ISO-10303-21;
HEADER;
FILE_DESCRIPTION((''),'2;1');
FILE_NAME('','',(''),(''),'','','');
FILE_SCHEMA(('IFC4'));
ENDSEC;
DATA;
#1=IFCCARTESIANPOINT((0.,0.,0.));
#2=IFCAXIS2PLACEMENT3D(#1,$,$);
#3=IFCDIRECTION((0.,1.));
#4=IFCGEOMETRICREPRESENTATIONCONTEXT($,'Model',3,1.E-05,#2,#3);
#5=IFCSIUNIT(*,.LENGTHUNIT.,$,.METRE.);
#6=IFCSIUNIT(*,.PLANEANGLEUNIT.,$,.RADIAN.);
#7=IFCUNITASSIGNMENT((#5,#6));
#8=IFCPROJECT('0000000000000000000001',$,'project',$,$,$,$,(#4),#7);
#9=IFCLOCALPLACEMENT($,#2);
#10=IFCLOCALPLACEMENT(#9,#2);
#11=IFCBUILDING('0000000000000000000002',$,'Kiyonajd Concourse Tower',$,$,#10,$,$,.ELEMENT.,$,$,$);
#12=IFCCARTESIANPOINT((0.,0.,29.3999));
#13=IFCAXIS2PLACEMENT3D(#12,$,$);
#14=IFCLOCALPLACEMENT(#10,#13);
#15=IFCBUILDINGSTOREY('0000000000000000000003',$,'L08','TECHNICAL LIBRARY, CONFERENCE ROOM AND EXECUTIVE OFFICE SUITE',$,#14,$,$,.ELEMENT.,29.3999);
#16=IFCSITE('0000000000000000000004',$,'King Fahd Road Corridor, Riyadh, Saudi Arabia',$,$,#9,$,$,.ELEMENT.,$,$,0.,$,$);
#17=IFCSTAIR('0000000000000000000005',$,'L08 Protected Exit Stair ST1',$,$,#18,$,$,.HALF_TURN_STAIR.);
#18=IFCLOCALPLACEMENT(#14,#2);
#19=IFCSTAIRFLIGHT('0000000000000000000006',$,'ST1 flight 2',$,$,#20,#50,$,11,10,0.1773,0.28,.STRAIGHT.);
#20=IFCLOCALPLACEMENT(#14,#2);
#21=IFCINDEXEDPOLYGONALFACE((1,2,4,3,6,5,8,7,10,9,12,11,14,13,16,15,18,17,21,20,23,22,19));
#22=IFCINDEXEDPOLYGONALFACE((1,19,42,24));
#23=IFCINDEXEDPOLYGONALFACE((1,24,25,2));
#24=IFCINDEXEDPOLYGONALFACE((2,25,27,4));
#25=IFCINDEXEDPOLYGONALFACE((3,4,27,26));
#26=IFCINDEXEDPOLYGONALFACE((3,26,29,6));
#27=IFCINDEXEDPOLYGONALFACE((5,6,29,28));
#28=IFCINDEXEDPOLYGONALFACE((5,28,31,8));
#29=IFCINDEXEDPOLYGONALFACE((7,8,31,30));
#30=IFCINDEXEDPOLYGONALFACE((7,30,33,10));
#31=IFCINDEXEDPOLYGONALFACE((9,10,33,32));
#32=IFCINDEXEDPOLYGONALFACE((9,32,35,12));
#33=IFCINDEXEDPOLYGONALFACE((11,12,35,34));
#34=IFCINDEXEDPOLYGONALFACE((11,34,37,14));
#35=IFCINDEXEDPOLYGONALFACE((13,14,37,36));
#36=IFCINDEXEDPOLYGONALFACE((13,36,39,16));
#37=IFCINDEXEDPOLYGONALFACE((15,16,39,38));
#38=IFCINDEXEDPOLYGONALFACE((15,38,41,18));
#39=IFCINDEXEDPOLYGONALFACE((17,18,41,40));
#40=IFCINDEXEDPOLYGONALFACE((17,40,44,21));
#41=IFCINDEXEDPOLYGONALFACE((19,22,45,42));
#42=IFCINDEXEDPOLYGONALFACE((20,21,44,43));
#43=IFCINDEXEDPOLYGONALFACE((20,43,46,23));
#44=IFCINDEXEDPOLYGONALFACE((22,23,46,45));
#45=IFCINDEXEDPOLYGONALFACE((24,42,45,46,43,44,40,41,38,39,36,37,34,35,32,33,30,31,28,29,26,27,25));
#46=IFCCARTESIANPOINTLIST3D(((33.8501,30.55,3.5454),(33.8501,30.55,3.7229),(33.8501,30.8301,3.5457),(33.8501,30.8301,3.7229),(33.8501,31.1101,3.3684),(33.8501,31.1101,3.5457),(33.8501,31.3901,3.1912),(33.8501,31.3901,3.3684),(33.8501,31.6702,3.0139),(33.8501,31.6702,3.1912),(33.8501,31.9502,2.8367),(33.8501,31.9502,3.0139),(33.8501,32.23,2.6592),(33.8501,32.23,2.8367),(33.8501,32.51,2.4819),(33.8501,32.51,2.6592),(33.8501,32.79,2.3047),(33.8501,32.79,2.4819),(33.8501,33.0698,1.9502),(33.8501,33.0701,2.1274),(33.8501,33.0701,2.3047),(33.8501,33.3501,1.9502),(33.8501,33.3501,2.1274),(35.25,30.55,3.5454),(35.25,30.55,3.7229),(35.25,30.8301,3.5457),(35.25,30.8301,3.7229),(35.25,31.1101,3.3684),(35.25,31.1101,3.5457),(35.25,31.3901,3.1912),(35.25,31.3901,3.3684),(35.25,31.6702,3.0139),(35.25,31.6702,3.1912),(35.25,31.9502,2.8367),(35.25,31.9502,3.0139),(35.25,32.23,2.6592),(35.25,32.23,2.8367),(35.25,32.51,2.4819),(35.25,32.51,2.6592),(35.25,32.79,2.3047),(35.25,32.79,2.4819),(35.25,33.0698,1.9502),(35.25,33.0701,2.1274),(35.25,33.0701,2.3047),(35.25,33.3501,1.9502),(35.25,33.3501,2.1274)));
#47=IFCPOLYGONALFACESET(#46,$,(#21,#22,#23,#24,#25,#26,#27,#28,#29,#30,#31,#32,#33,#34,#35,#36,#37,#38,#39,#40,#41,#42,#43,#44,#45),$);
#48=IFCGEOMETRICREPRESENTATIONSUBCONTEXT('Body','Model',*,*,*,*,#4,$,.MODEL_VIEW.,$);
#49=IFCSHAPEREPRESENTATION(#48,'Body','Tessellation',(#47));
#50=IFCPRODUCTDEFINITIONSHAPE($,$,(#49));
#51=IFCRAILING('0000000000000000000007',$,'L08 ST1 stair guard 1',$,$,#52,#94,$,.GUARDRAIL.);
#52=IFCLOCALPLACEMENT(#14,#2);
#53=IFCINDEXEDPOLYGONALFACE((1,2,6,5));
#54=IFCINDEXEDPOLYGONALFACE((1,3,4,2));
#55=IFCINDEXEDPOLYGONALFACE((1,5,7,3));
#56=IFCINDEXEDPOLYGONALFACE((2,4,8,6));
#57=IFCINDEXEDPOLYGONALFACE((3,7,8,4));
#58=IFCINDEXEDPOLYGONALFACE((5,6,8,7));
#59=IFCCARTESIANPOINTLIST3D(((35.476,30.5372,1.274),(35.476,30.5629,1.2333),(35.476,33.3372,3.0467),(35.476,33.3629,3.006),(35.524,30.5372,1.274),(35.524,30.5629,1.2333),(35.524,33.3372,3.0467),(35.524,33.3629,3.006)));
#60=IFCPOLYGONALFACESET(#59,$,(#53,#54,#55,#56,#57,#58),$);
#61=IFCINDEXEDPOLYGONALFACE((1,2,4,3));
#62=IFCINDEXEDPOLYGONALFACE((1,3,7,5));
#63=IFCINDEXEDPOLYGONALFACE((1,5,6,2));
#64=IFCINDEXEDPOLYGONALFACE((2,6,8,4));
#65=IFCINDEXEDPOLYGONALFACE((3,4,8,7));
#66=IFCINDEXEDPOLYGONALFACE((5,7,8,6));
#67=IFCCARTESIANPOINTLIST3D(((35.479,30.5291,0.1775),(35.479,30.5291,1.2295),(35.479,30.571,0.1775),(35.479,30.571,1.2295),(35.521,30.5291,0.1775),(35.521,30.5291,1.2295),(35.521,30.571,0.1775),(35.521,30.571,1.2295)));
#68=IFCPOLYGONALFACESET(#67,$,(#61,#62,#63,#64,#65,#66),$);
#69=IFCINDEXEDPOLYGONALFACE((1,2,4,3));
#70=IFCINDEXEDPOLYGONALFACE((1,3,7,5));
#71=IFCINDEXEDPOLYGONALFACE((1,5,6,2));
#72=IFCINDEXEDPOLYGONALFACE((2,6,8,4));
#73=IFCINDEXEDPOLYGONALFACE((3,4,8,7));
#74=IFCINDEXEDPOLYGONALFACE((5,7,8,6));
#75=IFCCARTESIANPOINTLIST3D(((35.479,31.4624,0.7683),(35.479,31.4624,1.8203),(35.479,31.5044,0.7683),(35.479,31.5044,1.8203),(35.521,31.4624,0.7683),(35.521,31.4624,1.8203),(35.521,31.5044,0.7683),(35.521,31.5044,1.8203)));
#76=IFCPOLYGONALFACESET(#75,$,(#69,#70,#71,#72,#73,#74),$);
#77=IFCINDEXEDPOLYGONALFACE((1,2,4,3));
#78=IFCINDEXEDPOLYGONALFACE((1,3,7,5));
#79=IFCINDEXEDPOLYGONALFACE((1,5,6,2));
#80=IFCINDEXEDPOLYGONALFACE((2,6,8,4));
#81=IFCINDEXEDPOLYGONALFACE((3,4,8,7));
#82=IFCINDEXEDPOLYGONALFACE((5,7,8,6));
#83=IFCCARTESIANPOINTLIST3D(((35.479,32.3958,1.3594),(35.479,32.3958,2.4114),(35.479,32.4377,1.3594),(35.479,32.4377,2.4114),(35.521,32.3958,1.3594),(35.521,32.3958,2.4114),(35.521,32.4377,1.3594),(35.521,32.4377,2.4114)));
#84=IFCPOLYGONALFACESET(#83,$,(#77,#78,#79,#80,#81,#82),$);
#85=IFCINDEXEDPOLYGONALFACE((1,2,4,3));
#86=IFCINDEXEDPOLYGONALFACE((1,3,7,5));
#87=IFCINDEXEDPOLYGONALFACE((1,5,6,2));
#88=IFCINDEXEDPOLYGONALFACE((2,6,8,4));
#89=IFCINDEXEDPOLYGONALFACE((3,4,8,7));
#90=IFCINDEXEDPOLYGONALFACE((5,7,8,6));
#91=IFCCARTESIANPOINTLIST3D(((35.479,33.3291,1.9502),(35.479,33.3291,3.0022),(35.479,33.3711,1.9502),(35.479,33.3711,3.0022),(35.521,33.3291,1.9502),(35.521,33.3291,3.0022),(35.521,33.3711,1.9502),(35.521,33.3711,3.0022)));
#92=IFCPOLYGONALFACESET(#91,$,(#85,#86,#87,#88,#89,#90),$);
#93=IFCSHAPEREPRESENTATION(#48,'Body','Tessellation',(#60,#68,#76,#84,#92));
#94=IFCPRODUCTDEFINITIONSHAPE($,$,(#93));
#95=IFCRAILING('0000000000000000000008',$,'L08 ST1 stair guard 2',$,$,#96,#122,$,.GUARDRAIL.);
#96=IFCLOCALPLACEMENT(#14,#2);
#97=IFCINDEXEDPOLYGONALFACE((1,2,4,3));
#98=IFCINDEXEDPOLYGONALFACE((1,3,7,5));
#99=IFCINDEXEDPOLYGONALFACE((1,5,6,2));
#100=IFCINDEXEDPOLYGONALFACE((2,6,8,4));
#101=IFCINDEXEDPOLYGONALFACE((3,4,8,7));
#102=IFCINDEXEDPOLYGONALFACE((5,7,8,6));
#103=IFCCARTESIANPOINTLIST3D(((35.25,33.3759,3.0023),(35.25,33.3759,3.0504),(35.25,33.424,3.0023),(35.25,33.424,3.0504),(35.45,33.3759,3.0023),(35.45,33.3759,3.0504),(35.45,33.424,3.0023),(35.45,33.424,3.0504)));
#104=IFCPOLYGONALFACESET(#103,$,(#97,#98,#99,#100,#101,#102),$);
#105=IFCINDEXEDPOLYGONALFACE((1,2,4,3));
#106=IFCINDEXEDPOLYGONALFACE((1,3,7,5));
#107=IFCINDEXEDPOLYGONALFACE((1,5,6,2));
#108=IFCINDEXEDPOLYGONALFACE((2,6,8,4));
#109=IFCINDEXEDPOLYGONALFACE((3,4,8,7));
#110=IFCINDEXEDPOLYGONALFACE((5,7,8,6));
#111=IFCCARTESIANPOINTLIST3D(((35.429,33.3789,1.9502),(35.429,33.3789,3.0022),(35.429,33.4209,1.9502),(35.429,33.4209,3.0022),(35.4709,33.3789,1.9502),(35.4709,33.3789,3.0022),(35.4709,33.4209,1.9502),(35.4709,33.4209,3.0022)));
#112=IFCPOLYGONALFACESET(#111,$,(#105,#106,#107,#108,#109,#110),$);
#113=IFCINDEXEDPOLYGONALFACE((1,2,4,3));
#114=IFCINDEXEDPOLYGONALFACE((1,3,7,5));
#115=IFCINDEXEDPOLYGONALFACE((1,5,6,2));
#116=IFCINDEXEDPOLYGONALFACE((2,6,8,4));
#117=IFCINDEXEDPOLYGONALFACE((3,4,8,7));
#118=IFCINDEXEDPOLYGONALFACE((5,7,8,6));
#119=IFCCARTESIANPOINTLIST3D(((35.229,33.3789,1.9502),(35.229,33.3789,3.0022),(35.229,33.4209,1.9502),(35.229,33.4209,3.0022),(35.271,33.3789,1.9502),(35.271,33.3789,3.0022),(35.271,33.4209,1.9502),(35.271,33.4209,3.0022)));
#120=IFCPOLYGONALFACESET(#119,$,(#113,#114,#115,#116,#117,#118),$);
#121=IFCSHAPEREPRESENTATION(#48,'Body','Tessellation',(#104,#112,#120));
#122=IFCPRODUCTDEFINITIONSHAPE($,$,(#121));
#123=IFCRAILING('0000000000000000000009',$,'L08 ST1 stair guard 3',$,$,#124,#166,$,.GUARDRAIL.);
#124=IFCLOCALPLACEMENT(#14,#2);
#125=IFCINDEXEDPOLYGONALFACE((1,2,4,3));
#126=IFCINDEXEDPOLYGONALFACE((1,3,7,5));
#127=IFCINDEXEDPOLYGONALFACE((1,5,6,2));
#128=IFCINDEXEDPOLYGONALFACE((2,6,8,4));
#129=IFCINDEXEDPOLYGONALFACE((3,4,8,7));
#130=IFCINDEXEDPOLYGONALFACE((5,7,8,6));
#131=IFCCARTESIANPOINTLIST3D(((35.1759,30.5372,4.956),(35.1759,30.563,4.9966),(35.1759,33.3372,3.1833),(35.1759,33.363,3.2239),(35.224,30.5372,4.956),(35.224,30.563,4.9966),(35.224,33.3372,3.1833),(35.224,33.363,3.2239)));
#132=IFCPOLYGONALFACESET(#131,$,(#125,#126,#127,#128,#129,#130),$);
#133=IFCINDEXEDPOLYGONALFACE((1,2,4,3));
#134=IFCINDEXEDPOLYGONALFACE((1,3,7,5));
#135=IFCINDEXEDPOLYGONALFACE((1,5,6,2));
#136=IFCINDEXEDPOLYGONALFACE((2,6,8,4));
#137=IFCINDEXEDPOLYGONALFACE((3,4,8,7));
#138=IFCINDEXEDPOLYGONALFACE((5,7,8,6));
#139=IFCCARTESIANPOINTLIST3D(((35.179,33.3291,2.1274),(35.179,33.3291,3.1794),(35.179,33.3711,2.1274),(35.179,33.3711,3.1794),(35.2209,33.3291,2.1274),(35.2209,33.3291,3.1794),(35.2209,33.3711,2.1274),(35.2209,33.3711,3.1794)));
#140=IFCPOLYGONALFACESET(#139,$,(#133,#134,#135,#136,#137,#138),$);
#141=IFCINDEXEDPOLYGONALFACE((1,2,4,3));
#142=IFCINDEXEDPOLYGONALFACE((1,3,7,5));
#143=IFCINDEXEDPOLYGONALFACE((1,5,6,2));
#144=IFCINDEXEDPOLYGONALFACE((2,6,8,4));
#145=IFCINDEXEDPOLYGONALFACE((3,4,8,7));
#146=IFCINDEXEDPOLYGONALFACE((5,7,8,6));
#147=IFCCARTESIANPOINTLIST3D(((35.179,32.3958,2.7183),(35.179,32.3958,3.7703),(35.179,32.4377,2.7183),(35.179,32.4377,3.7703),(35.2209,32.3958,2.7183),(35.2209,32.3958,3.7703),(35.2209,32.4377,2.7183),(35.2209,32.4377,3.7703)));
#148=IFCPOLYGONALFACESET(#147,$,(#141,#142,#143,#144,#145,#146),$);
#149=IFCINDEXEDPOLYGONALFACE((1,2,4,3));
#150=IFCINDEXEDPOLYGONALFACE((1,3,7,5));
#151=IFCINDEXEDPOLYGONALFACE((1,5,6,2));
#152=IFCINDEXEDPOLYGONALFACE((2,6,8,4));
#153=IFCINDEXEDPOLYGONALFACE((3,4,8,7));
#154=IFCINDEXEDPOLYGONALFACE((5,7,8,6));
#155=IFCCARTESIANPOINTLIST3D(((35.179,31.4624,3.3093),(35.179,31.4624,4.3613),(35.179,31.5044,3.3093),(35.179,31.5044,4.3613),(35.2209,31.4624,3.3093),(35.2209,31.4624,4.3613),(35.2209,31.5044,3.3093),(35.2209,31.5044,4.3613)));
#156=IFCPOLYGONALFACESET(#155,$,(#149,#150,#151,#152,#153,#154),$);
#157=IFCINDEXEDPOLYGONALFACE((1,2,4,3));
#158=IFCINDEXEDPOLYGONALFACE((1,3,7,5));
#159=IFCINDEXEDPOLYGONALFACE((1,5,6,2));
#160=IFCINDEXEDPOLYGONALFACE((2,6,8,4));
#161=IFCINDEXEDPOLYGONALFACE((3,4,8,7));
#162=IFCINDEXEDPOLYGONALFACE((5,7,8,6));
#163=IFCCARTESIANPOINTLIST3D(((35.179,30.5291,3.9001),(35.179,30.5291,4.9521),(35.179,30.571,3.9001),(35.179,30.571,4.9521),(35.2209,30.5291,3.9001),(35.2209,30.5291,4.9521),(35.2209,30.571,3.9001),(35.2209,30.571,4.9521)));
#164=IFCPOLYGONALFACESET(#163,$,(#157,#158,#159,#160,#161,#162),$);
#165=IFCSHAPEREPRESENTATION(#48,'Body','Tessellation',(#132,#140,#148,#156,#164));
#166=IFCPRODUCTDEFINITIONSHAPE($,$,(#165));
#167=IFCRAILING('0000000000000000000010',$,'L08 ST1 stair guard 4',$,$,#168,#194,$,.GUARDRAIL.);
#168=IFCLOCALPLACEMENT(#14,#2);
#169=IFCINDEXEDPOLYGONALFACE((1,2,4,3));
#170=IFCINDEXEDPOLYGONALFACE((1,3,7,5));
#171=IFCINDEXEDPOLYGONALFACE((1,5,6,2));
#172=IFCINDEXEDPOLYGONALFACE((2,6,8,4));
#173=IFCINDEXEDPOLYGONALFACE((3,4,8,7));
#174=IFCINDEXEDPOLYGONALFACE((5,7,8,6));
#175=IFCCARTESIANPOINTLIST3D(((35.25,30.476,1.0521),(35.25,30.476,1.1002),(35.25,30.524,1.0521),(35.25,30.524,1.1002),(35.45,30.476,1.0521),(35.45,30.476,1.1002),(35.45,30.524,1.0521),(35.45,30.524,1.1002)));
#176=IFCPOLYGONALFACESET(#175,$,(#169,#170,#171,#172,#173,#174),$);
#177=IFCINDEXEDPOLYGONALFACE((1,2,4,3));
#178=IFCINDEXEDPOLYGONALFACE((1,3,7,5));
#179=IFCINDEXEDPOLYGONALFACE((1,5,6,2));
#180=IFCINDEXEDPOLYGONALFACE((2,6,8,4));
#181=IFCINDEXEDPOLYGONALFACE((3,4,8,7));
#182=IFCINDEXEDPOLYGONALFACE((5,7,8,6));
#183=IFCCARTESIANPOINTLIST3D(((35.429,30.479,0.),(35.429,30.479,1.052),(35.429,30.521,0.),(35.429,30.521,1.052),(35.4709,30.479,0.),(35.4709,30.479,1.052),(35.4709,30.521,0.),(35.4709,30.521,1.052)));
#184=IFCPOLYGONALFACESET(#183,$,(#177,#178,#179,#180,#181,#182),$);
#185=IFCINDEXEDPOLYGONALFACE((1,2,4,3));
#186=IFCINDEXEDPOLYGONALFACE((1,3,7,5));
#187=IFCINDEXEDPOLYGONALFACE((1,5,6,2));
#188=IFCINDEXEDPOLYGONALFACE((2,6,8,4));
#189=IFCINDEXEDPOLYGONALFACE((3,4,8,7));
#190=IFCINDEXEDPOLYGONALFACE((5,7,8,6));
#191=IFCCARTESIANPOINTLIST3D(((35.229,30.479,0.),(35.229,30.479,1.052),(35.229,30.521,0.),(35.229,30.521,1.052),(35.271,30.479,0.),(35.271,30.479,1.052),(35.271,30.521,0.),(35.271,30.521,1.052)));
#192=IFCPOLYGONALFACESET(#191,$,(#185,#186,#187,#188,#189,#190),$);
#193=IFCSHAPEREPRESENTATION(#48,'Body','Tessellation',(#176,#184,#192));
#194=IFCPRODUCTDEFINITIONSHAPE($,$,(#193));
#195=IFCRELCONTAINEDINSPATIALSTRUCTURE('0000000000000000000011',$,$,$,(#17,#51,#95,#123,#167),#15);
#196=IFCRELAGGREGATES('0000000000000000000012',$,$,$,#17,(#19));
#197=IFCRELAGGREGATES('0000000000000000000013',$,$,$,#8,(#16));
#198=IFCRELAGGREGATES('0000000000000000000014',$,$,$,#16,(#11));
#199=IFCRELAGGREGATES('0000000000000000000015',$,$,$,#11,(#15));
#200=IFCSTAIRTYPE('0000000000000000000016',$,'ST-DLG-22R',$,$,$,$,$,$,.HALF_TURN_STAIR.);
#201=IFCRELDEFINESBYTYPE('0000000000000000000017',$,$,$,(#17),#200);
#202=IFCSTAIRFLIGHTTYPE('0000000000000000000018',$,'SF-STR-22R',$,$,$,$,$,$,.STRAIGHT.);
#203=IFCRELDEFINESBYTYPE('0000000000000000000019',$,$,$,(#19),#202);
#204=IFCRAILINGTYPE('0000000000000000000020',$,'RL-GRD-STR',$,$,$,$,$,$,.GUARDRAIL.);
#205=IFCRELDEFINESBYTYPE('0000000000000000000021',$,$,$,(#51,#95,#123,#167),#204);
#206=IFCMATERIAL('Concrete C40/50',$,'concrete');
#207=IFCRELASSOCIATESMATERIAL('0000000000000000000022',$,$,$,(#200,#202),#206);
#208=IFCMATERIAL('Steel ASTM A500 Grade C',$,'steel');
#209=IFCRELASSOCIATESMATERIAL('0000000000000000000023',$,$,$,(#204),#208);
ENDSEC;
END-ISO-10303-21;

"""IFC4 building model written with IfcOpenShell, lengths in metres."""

from ifc_helpers import new_model, si_unit, direction, frame, origin, origin_2d, place, context, subcontext, project, spatial, polyline, rectangle, outline, extrude, material, type_object, element, aggregate, save


model = new_model("IFC4")

# Units and contexts
model_context = context("Model", 3, precision=1e-05, world=origin(), true_north=direction((0.0, 1.0)))
body_context = subcontext(model_context, "Body", "Model", "MODEL_VIEW")
ifc_project = project(units=[si_unit("LENGTHUNIT", "METRE"), si_unit("PLANEANGLEUNIT", "RADIAN")], contexts=[model_context])

# Site, building, storey
site_placement = place(None, origin())
site = spatial("IfcSite", under=ifc_project, at=site_placement, Name="King Fahd Road Corridor, Riyadh, Saudi Arabia", CompositionType="ELEMENT", RefElevation=0.0)
building_placement = place(site_placement, origin())
building = spatial("IfcBuilding", under=site, at=building_placement, Name="Kiyonajd Concourse Tower", CompositionType="ELEMENT")
storey_placement = place(building_placement, frame((0.0, 0.0, 29.3999)))
storey = spatial("IfcBuildingStorey", under=building, at=storey_placement, Name="L08", Description="TECHNICAL LIBRARY, CONFERENCE ROOM AND EXECUTIVE OFFICE SUITE", CompositionType="ELEMENT", Elevation=29.3999)

# Stair, stair flight
ifc_material_1 = material(Name="Concrete C40/50", Category="concrete")
stair_type = type_object("IfcStairType", Name="ST-DLG-22R", PredefinedType="HALF_TURN_STAIR", material=ifc_material_1)
stair_placement = place(storey_placement, origin())
stair = element("IfcStair", 1, at=stair_placement, inside=storey, type_object=stair_type, Name="L08 Protected Exit Stair ST1", PredefinedType="HALF_TURN_STAIR")
stair_flight_type = type_object("IfcStairFlightType", Name="SF-STR-22R", PredefinedType="STRAIGHT", material=ifc_material_1)
stair_flight_1_placement = place(storey_placement, frame((34.55, 33.3501, 1.9502), z_axis=(0.0, 0.0, 1.0), x_axis=(0.0, -1.0, 0.0)))
stair_flight_1 = element("IfcStairFlight", 2, at=stair_flight_1_placement, type_object=stair_flight_type, Name="ST1 flight 2", NumberOfRisers=11, NumberOfTreads=10, PredefinedType="STRAIGHT", RiserHeight=0.1773, TreadLength=0.28, context=body_context, shape_type="SweptSolid", body=[
    extrude(outline(polyline([(0.0, 0.0), (0.0, 0.1772), (0.28, 0.1772), (0.28, 0.3545), (0.5601, 0.3545), (0.5601, 0.5317), (0.8401, 0.5317), (0.8401, 0.709), (1.1201, 0.709), (1.1201, 0.8865), (1.3999, 0.8865), (1.3999, 1.0637), (1.6799, 1.0637), (1.6799, 1.241), (1.96, 1.241), (1.96, 1.4182), (2.24, 1.4182), (2.24, 1.5955), (2.52, 1.5955), (2.52, 1.7727), (2.8, 1.7727), (2.8, 1.95), (2.8, 1.5952), (0.2803, 0.0), (0.0, 0.0)])), frame((0.0, 0.7, 0.0), z_axis=(0.0, -1.0, 0.0), x_axis=(1.0, 0.0, 0.0)), (0.0, 0.0, 1.0), 1.3999),
])
aggregate(stair, [stair_flight_1])

# Railings
ifc_material_2 = material(Name="Steel ASTM A500 Grade C", Category="steel")
railing_type_1 = type_object("IfcRailingType", Name="RL-GRD-STR", PredefinedType="GUARDRAIL", material=ifc_material_2)
railing_1_placement = place(storey_placement, frame((35.5, 30.55, 0.1775)))
element("IfcRailing", 3, at=railing_1_placement, inside=storey, type_object=railing_type_1, Name="L08 ST1 stair guard 1", PredefinedType="GUARDRAIL", context=body_context, shape_type="SweptSolid", body=[
    extrude(rectangle(XDim=0.0481, YDim=0.0481, at=origin_2d()), frame((0.0, 0.0, 1.0762), z_axis=(0.0, 0.844909, 0.53491), x_axis=(-1.0, 0.0, 0.0)), (0.0, 0.0, 1.0), 3.314),
    extrude(rectangle(XDim=0.042, YDim=0.042, at=origin_2d()), origin(), (0.0, 0.0, 1.0), 1.052),
    extrude(rectangle(XDim=0.042, YDim=0.042, at=origin_2d()), frame((0.0, 0.9333, 0.5908)), (0.0, 0.0, 1.0), 1.052),
    extrude(rectangle(XDim=0.042, YDim=0.042, at=origin_2d()), frame((0.0, 1.8667, 1.1819)), (0.0, 0.0, 1.0), 1.052),
    extrude(rectangle(XDim=0.042, YDim=0.042, at=origin_2d()), frame((0.0, 2.8, 1.7727)), (0.0, 0.0, 1.0), 1.052),
])
railing_2_placement = place(storey_placement, frame((35.45, 33.3999, 1.9502)))
element("IfcRailing", 4, at=railing_2_placement, inside=storey, type_object=railing_type_1, Name="L08 ST1 stair guard 2", PredefinedType="GUARDRAIL", context=body_context, shape_type="SweptSolid", body=[
    extrude(rectangle(XDim=0.0481, YDim=0.0481, at=origin_2d()), frame((0.0, 0.0, 1.0762), z_axis=(-1.0, 0.0, 0.0), x_axis=(0.0, -1.0, 0.0)), (0.0, 0.0, 1.0), 0.2),
    extrude(rectangle(XDim=0.042, YDim=0.042, at=origin_2d()), origin(), (0.0, 0.0, 1.0), 1.052),
    extrude(rectangle(XDim=0.042, YDim=0.042, at=origin_2d()), frame((-0.2, 0.0, 0.0)), (0.0, 0.0, 1.0), 1.052),
])
railing_3_placement = place(storey_placement, frame((35.2, 33.3501, 2.1274)))
element("IfcRailing", 5, at=railing_3_placement, inside=storey, type_object=railing_type_1, Name="L08 ST1 stair guard 3", PredefinedType="GUARDRAIL", context=body_context, shape_type="SweptSolid", body=[
    extrude(rectangle(XDim=0.0481, YDim=0.0481, at=origin_2d()), frame((0.0, 0.0, 1.0762), z_axis=(0.0, -0.844909, 0.53491), x_axis=(1.0, 0.0, 0.0)), (0.0, 0.0, 1.0), 3.314),
    extrude(rectangle(XDim=0.042, YDim=0.042, at=origin_2d()), origin(), (0.0, 0.0, 1.0), 1.052),
    extrude(rectangle(XDim=0.042, YDim=0.042, at=origin_2d()), frame((0.0, -0.9333, 0.5908)), (0.0, 0.0, 1.0), 1.052),
    extrude(rectangle(XDim=0.042, YDim=0.042, at=origin_2d()), frame((0.0, -1.8667, 1.1819)), (0.0, 0.0, 1.0), 1.052),
    extrude(rectangle(XDim=0.042, YDim=0.042, at=origin_2d()), frame((0.0, -2.8, 1.7727)), (0.0, 0.0, 1.0), 1.052),
])
railing_4_placement = place(storey_placement, frame((35.45, 30.5, 0.0)))
element("IfcRailing", 6, at=railing_4_placement, inside=storey, type_object=railing_type_1, Name="L08 ST1 stair guard 4", PredefinedType="GUARDRAIL", context=body_context, shape_type="SweptSolid", body=[
    extrude(rectangle(XDim=0.0481, YDim=0.0481, at=origin_2d()), frame((0.0, 0.0, 1.0762), z_axis=(-1.0, 0.0, 0.0), x_axis=(0.0, -1.0, 0.0)), (0.0, 0.0, 1.0), 0.2),
    extrude(rectangle(XDim=0.042, YDim=0.042, at=origin_2d()), origin(), (0.0, 0.0, 1.0), 1.052),
    extrude(rectangle(XDim=0.042, YDim=0.042, at=origin_2d()), frame((-0.2, 0.0, 0.0)), (0.0, 0.0, 1.0), 1.052),
])

save(model, "model.ifc")
